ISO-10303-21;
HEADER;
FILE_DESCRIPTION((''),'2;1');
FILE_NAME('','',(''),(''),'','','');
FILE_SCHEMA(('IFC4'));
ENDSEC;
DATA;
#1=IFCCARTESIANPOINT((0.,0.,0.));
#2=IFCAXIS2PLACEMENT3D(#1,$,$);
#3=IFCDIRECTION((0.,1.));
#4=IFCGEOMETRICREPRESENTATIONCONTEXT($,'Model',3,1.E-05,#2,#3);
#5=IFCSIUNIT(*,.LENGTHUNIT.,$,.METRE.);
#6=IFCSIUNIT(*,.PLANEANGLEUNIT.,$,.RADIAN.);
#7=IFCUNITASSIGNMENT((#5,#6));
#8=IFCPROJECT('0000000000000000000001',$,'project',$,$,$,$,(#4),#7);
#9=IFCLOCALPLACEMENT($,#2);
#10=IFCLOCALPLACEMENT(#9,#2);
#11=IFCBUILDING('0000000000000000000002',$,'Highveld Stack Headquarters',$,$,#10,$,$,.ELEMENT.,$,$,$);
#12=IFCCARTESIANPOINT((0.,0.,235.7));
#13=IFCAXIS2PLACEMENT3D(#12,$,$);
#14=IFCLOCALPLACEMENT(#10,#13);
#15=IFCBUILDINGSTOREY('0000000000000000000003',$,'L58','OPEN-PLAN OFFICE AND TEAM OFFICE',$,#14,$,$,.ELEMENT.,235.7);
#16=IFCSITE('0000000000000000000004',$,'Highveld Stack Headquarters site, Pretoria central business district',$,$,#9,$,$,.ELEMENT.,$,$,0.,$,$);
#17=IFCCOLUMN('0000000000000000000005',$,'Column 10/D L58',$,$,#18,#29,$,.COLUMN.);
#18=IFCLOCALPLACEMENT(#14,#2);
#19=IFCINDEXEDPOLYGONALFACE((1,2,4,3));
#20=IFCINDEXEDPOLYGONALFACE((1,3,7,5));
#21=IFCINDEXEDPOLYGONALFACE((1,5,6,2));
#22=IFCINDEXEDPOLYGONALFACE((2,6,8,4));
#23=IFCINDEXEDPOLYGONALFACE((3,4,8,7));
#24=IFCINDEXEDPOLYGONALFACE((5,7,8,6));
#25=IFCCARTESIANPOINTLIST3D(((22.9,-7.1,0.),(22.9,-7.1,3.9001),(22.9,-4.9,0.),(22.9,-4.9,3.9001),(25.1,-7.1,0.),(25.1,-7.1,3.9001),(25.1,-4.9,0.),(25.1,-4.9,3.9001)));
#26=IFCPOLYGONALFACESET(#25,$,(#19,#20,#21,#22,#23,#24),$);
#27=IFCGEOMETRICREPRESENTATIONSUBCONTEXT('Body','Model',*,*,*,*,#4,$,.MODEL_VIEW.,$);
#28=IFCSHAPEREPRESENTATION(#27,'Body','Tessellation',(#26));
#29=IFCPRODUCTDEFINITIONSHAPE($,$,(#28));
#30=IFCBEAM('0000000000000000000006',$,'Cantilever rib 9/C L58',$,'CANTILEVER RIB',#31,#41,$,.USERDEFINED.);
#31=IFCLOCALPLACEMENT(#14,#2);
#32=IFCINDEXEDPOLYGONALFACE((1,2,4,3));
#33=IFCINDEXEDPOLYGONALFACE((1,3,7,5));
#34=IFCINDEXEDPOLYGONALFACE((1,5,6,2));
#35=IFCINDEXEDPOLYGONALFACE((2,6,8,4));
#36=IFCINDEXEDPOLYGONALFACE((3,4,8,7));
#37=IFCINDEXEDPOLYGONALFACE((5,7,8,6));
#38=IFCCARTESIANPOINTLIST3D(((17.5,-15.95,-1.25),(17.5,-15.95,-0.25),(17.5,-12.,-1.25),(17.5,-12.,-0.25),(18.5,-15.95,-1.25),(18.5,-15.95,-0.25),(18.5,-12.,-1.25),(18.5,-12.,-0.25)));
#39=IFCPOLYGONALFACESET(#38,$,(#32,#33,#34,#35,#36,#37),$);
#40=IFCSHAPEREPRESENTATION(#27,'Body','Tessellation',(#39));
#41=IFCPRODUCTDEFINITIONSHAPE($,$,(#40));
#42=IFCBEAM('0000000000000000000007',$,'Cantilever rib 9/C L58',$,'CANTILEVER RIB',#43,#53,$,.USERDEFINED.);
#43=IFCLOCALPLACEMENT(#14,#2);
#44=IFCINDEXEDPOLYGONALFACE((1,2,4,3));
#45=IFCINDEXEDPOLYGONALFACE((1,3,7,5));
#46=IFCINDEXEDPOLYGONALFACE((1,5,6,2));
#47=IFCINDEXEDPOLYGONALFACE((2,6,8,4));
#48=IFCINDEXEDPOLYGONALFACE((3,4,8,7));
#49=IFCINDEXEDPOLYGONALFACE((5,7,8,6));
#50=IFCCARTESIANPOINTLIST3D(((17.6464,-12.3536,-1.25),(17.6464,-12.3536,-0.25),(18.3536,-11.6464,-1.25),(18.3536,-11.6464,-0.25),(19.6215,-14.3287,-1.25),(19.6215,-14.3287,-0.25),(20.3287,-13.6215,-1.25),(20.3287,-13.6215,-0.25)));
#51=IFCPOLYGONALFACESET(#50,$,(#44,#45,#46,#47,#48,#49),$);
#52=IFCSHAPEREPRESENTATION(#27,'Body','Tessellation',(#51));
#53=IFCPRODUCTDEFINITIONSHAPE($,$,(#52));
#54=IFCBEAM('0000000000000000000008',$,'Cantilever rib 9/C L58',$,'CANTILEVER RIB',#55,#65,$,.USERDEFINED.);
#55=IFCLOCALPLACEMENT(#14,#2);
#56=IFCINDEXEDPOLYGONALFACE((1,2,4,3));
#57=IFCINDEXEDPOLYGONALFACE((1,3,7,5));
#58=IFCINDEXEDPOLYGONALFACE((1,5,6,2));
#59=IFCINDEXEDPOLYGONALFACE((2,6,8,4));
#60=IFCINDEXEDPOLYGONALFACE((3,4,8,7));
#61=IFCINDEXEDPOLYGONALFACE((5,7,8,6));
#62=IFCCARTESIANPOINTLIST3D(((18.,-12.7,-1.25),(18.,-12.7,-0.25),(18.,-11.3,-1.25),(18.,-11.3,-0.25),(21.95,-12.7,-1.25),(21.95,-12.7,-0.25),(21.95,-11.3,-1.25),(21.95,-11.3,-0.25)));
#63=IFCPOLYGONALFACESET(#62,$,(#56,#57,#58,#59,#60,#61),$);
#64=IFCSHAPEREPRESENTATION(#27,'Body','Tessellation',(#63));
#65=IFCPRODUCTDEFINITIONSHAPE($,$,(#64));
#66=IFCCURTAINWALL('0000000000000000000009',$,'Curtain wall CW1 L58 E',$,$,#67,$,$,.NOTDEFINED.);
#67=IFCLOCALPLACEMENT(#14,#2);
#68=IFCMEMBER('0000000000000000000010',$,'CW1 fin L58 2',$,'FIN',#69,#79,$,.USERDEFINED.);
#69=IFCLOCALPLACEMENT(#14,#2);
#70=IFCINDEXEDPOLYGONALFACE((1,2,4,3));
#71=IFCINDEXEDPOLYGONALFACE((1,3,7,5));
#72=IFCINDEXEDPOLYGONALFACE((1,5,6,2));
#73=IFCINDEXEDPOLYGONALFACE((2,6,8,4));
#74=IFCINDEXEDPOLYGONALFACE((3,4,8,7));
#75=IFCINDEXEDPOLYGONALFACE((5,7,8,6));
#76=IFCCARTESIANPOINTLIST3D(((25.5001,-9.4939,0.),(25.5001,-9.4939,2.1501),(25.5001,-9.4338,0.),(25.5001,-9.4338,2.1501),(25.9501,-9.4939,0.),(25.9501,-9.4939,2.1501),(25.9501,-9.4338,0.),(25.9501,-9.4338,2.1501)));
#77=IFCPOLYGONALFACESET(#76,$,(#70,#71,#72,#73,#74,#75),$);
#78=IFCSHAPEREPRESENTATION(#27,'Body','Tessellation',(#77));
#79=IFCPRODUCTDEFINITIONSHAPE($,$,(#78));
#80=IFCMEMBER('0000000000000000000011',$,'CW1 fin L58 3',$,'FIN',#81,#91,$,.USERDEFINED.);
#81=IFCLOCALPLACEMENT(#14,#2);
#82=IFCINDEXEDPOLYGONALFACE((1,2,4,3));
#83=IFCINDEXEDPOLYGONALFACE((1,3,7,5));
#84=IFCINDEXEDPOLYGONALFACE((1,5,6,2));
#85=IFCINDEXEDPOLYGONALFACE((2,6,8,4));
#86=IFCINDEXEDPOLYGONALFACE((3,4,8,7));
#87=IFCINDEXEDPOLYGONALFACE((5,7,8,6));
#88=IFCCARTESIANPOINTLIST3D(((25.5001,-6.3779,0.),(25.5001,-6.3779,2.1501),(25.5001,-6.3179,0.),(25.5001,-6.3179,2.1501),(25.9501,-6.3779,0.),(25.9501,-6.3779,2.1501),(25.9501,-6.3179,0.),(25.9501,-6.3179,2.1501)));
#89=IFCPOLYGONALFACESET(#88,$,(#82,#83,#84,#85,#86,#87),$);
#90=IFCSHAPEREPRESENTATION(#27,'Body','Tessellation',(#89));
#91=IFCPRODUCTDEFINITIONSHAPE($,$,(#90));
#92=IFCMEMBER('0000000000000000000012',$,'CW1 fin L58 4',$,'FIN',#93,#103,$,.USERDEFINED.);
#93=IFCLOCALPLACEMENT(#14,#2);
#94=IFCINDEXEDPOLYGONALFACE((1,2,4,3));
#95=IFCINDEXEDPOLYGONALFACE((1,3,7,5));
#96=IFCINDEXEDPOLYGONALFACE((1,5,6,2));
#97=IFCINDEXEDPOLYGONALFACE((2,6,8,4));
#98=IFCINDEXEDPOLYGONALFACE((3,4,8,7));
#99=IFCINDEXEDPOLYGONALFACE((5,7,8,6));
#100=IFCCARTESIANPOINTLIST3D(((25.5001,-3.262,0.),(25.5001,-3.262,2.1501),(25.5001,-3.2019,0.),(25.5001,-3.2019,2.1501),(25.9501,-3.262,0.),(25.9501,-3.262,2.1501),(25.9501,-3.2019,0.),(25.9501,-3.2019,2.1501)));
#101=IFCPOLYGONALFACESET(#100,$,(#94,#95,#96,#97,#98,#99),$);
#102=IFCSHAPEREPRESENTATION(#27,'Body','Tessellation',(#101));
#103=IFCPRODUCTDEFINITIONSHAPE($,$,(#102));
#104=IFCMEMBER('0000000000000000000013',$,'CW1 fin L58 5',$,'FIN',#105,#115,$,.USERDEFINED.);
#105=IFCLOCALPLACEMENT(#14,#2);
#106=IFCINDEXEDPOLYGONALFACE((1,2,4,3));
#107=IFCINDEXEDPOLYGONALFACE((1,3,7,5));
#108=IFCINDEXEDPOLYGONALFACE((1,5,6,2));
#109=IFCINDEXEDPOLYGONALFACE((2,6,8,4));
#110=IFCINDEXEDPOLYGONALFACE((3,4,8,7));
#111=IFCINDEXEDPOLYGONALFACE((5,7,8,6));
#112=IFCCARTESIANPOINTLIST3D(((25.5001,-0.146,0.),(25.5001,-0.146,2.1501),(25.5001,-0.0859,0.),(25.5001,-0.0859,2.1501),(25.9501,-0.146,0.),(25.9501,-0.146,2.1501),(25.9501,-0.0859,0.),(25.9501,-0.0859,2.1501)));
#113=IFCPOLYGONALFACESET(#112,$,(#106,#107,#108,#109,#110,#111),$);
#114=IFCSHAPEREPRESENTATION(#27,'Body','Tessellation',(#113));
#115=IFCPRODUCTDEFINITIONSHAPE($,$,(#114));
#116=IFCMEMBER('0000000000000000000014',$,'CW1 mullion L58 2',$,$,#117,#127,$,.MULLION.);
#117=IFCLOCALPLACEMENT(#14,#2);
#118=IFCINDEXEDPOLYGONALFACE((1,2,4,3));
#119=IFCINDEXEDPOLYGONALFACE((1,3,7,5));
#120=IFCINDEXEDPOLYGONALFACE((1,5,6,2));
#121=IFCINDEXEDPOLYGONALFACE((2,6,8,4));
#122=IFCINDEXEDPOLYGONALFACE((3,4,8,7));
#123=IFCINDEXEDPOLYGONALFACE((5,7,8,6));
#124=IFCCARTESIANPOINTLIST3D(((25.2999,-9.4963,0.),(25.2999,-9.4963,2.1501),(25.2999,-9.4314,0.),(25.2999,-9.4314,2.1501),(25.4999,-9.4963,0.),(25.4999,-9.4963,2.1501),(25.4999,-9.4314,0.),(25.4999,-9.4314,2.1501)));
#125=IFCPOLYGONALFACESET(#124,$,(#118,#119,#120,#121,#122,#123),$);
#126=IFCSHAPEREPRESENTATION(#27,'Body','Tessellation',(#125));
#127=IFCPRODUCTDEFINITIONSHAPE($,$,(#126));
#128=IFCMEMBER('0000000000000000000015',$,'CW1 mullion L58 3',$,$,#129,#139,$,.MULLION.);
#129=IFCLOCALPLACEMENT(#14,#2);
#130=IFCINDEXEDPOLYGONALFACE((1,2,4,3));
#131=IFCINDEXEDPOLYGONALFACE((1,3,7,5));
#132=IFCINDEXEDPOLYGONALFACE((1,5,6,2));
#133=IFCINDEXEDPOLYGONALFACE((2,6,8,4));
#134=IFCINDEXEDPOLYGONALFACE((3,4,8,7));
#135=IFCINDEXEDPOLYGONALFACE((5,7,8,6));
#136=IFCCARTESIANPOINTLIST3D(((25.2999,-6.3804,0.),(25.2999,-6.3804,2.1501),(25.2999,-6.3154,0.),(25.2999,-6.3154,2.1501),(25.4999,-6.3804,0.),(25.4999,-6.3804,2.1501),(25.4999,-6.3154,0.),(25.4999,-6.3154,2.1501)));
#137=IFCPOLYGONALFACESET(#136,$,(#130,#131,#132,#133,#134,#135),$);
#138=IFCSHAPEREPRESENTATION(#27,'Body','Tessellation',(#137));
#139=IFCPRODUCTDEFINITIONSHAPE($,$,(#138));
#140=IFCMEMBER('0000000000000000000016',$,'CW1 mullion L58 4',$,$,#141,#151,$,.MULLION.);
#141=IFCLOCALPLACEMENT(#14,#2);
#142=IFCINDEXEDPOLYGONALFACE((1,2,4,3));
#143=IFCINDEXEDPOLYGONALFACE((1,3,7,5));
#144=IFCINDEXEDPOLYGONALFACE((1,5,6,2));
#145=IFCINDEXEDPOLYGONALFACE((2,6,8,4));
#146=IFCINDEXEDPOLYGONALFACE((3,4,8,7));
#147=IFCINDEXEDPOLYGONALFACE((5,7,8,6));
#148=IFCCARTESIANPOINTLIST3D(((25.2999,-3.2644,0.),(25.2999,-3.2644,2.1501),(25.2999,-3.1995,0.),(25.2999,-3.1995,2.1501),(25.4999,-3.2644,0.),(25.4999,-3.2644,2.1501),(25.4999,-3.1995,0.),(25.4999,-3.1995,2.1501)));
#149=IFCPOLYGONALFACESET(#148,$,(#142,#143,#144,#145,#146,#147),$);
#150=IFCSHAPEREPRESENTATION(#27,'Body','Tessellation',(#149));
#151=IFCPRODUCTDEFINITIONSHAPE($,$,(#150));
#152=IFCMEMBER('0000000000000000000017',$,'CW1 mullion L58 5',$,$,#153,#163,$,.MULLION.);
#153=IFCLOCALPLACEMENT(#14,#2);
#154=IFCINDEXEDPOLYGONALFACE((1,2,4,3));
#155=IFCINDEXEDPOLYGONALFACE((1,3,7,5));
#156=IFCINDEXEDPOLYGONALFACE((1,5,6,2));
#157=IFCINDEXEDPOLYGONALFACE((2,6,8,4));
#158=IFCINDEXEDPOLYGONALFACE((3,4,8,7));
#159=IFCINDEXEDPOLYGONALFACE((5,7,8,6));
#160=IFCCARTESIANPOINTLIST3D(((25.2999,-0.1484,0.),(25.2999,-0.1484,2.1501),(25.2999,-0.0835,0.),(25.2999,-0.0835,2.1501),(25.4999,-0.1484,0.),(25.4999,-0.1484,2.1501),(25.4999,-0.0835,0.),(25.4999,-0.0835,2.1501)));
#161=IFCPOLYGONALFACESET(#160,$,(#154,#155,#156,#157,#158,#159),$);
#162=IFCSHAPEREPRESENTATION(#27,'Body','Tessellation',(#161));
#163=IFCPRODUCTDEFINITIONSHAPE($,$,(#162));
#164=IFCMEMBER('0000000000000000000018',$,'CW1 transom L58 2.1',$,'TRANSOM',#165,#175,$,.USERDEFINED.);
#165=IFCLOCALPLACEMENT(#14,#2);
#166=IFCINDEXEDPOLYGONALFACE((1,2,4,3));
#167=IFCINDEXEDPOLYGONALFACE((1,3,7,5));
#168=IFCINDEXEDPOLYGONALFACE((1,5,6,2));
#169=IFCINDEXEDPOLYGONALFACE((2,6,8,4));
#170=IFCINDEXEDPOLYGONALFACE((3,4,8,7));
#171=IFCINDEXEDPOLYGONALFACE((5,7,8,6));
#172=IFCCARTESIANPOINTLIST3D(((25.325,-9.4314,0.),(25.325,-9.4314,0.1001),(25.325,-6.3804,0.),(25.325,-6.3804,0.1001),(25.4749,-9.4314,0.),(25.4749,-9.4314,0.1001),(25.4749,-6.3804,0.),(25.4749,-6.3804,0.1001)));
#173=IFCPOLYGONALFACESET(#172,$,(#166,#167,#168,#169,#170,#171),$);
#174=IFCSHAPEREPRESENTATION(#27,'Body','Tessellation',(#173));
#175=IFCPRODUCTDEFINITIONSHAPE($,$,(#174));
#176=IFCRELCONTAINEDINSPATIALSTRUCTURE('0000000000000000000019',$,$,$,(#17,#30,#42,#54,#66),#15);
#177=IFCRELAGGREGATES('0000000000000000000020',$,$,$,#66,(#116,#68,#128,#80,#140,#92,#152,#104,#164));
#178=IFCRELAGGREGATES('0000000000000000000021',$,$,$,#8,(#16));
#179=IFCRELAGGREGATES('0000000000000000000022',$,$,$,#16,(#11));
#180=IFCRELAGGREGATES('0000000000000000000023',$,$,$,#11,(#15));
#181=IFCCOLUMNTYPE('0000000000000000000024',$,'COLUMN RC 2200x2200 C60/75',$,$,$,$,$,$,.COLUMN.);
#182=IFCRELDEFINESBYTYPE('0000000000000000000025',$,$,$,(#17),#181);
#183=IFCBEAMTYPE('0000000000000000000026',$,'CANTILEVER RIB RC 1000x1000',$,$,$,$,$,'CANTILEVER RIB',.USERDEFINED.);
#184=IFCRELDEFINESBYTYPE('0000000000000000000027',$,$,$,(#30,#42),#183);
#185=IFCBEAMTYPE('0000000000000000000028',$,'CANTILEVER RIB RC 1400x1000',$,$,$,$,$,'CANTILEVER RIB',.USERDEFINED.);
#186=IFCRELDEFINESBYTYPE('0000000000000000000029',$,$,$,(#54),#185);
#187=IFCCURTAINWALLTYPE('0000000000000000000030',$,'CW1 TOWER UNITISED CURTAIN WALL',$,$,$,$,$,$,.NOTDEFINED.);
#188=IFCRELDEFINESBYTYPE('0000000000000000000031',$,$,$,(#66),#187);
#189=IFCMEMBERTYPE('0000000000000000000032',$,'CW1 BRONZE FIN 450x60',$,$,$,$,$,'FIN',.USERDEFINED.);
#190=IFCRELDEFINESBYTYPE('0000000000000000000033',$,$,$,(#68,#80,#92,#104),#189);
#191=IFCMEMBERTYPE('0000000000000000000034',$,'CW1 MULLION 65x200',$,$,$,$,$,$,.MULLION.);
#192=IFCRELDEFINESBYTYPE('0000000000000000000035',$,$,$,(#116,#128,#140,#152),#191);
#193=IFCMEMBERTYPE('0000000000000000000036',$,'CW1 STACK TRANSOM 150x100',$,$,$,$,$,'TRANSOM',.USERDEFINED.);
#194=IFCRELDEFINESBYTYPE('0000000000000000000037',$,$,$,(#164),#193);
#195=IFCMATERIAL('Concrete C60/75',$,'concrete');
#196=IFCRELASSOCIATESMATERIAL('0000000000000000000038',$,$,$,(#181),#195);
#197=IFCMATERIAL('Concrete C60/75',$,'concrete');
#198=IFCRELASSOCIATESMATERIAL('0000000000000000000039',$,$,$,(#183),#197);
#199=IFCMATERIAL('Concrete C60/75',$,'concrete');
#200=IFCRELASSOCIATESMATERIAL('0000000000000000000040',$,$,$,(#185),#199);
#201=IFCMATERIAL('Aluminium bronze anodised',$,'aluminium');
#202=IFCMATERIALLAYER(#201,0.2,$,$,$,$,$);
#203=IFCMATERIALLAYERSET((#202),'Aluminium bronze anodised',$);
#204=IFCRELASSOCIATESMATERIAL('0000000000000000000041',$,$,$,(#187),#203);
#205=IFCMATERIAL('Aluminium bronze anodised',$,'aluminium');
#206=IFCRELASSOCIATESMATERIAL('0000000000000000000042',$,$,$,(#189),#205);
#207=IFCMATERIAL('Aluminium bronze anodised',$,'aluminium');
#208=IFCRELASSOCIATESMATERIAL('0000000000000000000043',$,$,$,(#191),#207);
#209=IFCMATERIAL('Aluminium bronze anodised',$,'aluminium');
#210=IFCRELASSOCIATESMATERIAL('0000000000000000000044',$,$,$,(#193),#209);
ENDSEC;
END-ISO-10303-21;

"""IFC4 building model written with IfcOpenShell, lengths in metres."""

from ifc_helpers import new_model, si_unit, direction, frame, origin, origin_2d, place, context, subcontext, project, spatial, rectangle, extrude, material, layer, layer_set, material_profile, profile_set, type_object, element, aggregate, save


model = new_model("IFC4")

# Units and contexts
model_context = context("Model", 3, precision=1e-05, world=origin(), true_north=direction((0.0, 1.0)))
body_context = subcontext(model_context, "Body", "Model", "MODEL_VIEW")
ifc_project = project(units=[si_unit("LENGTHUNIT", "METRE"), si_unit("PLANEANGLEUNIT", "RADIAN")], contexts=[model_context])

# Site, building, storey
site_placement = place(None, origin())
site = spatial("IfcSite", under=ifc_project, at=site_placement, Name="Highveld Stack Headquarters site, Pretoria central business district", CompositionType="ELEMENT", RefElevation=0.0)
building_placement = place(site_placement, origin())
building = spatial("IfcBuilding", under=site, at=building_placement, Name="Highveld Stack Headquarters", CompositionType="ELEMENT")
storey_placement = place(building_placement, frame((0.0, 0.0, 235.7)))
storey = spatial("IfcBuildingStorey", under=building, at=storey_placement, Name="L58", Description="OPEN-PLAN OFFICE AND TEAM OFFICE", CompositionType="ELEMENT", Elevation=235.7)

# Column
ifc_material_1 = material(Name="Concrete C60/75", Category="concrete")
ifc_material_profile_1 = material_profile(ifc_material_1, rectangle(XDim=2.2, YDim=2.2, at=origin_2d()), Name="RC 2200x2200")
ifc_profile_set_1 = profile_set([ifc_material_profile_1], Name="Concrete C60/75")
column_type = type_object("IfcColumnType", Name="COLUMN RC 2200x2200 C60/75", PredefinedType="COLUMN", material=ifc_profile_set_1)
column_placement = place(storey_placement, frame((24.0, -6.0, 0.0), z_axis=(0.0, 0.0, 1.0), x_axis=(1.0, 0.0, 0.0)))
element("IfcColumn", 1, at=column_placement, inside=storey, type_object=column_type, Name="Column 10/D L58", PredefinedType="COLUMN", context=body_context, shape_type="SweptSolid", body=[
    extrude(rectangle(XDim=2.2, YDim=2.2, at=origin_2d()), origin(), (0.0, 0.0, 1.0), 3.9001),
])

# Beams
ifc_material_2 = material(Name="Concrete C60/75", Category="concrete")
ifc_material_profile_2 = material_profile(ifc_material_2, rectangle(XDim=1.0, YDim=1.0, at=origin_2d()), Name="RC 1000x1000")
ifc_profile_set_2 = profile_set([ifc_material_profile_2], Name="Concrete C60/75")
beam_type_1 = type_object("IfcBeamType", Name="CANTILEVER RIB RC 1000x1000", ElementType="CANTILEVER RIB", PredefinedType="USERDEFINED", material=ifc_profile_set_2)
beam_1_placement = place(storey_placement, frame((18.0, -12.0, -0.75), z_axis=(0.0, -1.0, 0.0), x_axis=(1.0, 0.0, 0.0)))
element("IfcBeam", 2, at=beam_1_placement, inside=storey, type_object=beam_type_1, Name="Cantilever rib 9/C L58", ObjectType="CANTILEVER RIB", PredefinedType="USERDEFINED", context=body_context, shape_type="SweptSolid", body=[
    extrude(rectangle(XDim=1.0, YDim=1.0, at=origin_2d()), origin(), (0.0, 0.0, 1.0), 3.95),
])
beam_2_placement = place(storey_placement, frame((18.0, -12.0, -0.75), z_axis=(0.707107, -0.707107, 0.0), x_axis=(0.707107, 0.707107, 0.0)))
element("IfcBeam", 3, at=beam_2_placement, inside=storey, type_object=beam_type_1, Name="Cantilever rib 9/C L58", ObjectType="CANTILEVER RIB", PredefinedType="USERDEFINED", context=body_context, shape_type="SweptSolid", body=[
    extrude(rectangle(XDim=1.0, YDim=1.0, at=origin_2d()), origin(), (0.0, 0.0, 1.0), 2.7932),
])
ifc_material_3 = material(Name="Concrete C60/75", Category="concrete")
ifc_material_profile_3 = material_profile(ifc_material_3, rectangle(XDim=1.3999, YDim=1.0, at=origin_2d()), Name="RC 1400x1000")
ifc_profile_set_3 = profile_set([ifc_material_profile_3], Name="Concrete C60/75")
beam_type_2 = type_object("IfcBeamType", Name="CANTILEVER RIB RC 1400x1000", ElementType="CANTILEVER RIB", PredefinedType="USERDEFINED", material=ifc_profile_set_3)
beam_3_placement = place(storey_placement, frame((18.0, -12.0, -0.75), z_axis=(1.0, 0.0, 0.0), x_axis=(0.0, 1.0, 0.0)))
element("IfcBeam", 4, at=beam_3_placement, inside=storey, type_object=beam_type_2, Name="Cantilever rib 9/C L58", ObjectType="CANTILEVER RIB", PredefinedType="USERDEFINED", context=body_context, shape_type="SweptSolid", body=[
    extrude(rectangle(XDim=1.3999, YDim=1.0, at=origin_2d()), origin(), (0.0, 0.0, 1.0), 3.95),
])

# Curtain wall, members
ifc_material_4 = material(Name="Aluminium bronze anodised", Category="aluminium")
ifc_layer_1 = layer(ifc_material_4, 0.2)
ifc_layer_set_1 = layer_set([ifc_layer_1], Name="Aluminium bronze anodised")
curtain_wall_type = type_object("IfcCurtainWallType", Name="CW1 TOWER UNITISED CURTAIN WALL", PredefinedType="NOTDEFINED", material=ifc_layer_set_1)
curtain_wall_placement = place(storey_placement, origin())
curtain_wall = element("IfcCurtainWall", 5, at=curtain_wall_placement, inside=storey, type_object=curtain_wall_type, Name="Curtain wall CW1 L58 E", PredefinedType="NOTDEFINED")
ifc_material_5 = material(Name="Aluminium bronze anodised", Category="aluminium")
ifc_material_profile_4 = material_profile(ifc_material_5, rectangle(XDim=0.45, YDim=0.0601, at=origin_2d()), Name="FIN 450x60")
ifc_profile_set_4 = profile_set([ifc_material_profile_4], Name="Aluminium bronze anodised")
member_type_1 = type_object("IfcMemberType", Name="CW1 BRONZE FIN 450x60", ElementType="FIN", PredefinedType="USERDEFINED", material=ifc_profile_set_4)
member_1_placement = place(storey_placement, frame((25.7251, -9.4639, 0.0), z_axis=(0.0, 0.0, 1.0), x_axis=(-1.0, 0.0, 0.0)))
member_1 = element("IfcMember", 6, at=member_1_placement, type_object=member_type_1, Name="CW1 fin L58 2", ObjectType="FIN", PredefinedType="USERDEFINED", context=body_context, shape_type="SweptSolid", body=[
    extrude(rectangle(XDim=0.45, YDim=0.0601, at=origin_2d()), origin(), (0.0, 0.0, 1.0), 2.1501),
])
member_2_placement = place(storey_placement, frame((25.7251, -6.3479, 0.0), z_axis=(0.0, 0.0, 1.0), x_axis=(-1.0, 0.0, 0.0)))
member_2 = element("IfcMember", 7, at=member_2_placement, type_object=member_type_1, Name="CW1 fin L58 3", ObjectType="FIN", PredefinedType="USERDEFINED", context=body_context, shape_type="SweptSolid", body=[
    extrude(rectangle(XDim=0.45, YDim=0.0601, at=origin_2d()), origin(), (0.0, 0.0, 1.0), 2.1501),
])
member_3_placement = place(storey_placement, frame((25.7251, -3.2319, 0.0), z_axis=(0.0, 0.0, 1.0), x_axis=(-1.0, 0.0, 0.0)))
member_3 = element("IfcMember", 8, at=member_3_placement, type_object=member_type_1, Name="CW1 fin L58 4", ObjectType="FIN", PredefinedType="USERDEFINED", context=body_context, shape_type="SweptSolid", body=[
    extrude(rectangle(XDim=0.45, YDim=0.0601, at=origin_2d()), origin(), (0.0, 0.0, 1.0), 2.1501),
])
member_4_placement = place(storey_placement, frame((25.7251, -0.116, 0.0), z_axis=(0.0, 0.0, 1.0), x_axis=(-1.0, 0.0, 0.0)))
member_4 = element("IfcMember", 9, at=member_4_placement, type_object=member_type_1, Name="CW1 fin L58 5", ObjectType="FIN", PredefinedType="USERDEFINED", context=body_context, shape_type="SweptSolid", body=[
    extrude(rectangle(XDim=0.45, YDim=0.0601, at=origin_2d()), origin(), (0.0, 0.0, 1.0), 2.1501),
])
ifc_material_6 = material(Name="Aluminium bronze anodised", Category="aluminium")
ifc_material_profile_5 = material_profile(ifc_material_6, rectangle(XDim=0.2, YDim=0.0649, at=origin_2d()), Name="CW1 MULLION 65x200")
ifc_profile_set_5 = profile_set([ifc_material_profile_5], Name="Aluminium bronze anodised")
member_type_2 = type_object("IfcMemberType", Name="CW1 MULLION 65x200", PredefinedType="MULLION", material=ifc_profile_set_5)
member_5_placement = place(storey_placement, frame((25.3999, -9.4639, 0.0), z_axis=(0.0, 0.0, 1.0), x_axis=(-1.0, 0.0, 0.0)))
member_5 = element("IfcMember", 10, at=member_5_placement, type_object=member_type_2, Name="CW1 mullion L58 2", PredefinedType="MULLION", context=body_context, shape_type="SweptSolid", body=[
    extrude(rectangle(XDim=0.2, YDim=0.0649, at=origin_2d()), origin(), (0.0, 0.0, 1.0), 2.1501),
])
member_6_placement = place(storey_placement, frame((25.3999, -6.3479, 0.0), z_axis=(0.0, 0.0, 1.0), x_axis=(-1.0, 0.0, 0.0)))
member_6 = element("IfcMember", 11, at=member_6_placement, type_object=member_type_2, Name="CW1 mullion L58 3", PredefinedType="MULLION", context=body_context, shape_type="SweptSolid", body=[
    extrude(rectangle(XDim=0.2, YDim=0.0649, at=origin_2d()), origin(), (0.0, 0.0, 1.0), 2.1501),
])
member_7_placement = place(storey_placement, frame((25.3999, -3.2319, 0.0), z_axis=(0.0, 0.0, 1.0), x_axis=(-1.0, 0.0, 0.0)))
member_7 = element("IfcMember", 12, at=member_7_placement, type_object=member_type_2, Name="CW1 mullion L58 4", PredefinedType="MULLION", context=body_context, shape_type="SweptSolid", body=[
    extrude(rectangle(XDim=0.2, YDim=0.0649, at=origin_2d()), origin(), (0.0, 0.0, 1.0), 2.1501),
])
member_8_placement = place(storey_placement, frame((25.3999, -0.116, 0.0), z_axis=(0.0, 0.0, 1.0), x_axis=(-1.0, 0.0, 0.0)))
member_8 = element("IfcMember", 13, at=member_8_placement, type_object=member_type_2, Name="CW1 mullion L58 5", PredefinedType="MULLION", context=body_context, shape_type="SweptSolid", body=[
    extrude(rectangle(XDim=0.2, YDim=0.0649, at=origin_2d()), origin(), (0.0, 0.0, 1.0), 2.1501),
])
ifc_material_7 = material(Name="Aluminium bronze anodised", Category="aluminium")
ifc_material_profile_6 = material_profile(ifc_material_7, rectangle(XDim=0.1499, YDim=0.1001, at=origin_2d()), Name="CW1 TRANSOM 150x100")
ifc_profile_set_6 = profile_set([ifc_material_profile_6], Name="Aluminium bronze anodised")
member_type_3 = type_object("IfcMemberType", Name="CW1 STACK TRANSOM 150x100", ElementType="TRANSOM", PredefinedType="USERDEFINED", material=ifc_profile_set_6)
member_9_placement = place(storey_placement, frame((25.3999, -9.4314, 0.05), z_axis=(0.0, 1.0, 0.0), x_axis=(-1.0, 0.0, 0.0)))
member_9 = element("IfcMember", 14, at=member_9_placement, type_object=member_type_3, Name="CW1 transom L58 2.1", ObjectType="TRANSOM", PredefinedType="USERDEFINED", context=body_context, shape_type="SweptSolid", body=[
    extrude(rectangle(XDim=0.1499, YDim=0.1001, at=origin_2d()), origin(), (0.0, 0.0, 1.0), 3.051),
])

aggregate(curtain_wall, [member_5, member_1, member_6, member_2, member_7, member_3, member_8, member_4, member_9])

save(model, "model.ifc")
